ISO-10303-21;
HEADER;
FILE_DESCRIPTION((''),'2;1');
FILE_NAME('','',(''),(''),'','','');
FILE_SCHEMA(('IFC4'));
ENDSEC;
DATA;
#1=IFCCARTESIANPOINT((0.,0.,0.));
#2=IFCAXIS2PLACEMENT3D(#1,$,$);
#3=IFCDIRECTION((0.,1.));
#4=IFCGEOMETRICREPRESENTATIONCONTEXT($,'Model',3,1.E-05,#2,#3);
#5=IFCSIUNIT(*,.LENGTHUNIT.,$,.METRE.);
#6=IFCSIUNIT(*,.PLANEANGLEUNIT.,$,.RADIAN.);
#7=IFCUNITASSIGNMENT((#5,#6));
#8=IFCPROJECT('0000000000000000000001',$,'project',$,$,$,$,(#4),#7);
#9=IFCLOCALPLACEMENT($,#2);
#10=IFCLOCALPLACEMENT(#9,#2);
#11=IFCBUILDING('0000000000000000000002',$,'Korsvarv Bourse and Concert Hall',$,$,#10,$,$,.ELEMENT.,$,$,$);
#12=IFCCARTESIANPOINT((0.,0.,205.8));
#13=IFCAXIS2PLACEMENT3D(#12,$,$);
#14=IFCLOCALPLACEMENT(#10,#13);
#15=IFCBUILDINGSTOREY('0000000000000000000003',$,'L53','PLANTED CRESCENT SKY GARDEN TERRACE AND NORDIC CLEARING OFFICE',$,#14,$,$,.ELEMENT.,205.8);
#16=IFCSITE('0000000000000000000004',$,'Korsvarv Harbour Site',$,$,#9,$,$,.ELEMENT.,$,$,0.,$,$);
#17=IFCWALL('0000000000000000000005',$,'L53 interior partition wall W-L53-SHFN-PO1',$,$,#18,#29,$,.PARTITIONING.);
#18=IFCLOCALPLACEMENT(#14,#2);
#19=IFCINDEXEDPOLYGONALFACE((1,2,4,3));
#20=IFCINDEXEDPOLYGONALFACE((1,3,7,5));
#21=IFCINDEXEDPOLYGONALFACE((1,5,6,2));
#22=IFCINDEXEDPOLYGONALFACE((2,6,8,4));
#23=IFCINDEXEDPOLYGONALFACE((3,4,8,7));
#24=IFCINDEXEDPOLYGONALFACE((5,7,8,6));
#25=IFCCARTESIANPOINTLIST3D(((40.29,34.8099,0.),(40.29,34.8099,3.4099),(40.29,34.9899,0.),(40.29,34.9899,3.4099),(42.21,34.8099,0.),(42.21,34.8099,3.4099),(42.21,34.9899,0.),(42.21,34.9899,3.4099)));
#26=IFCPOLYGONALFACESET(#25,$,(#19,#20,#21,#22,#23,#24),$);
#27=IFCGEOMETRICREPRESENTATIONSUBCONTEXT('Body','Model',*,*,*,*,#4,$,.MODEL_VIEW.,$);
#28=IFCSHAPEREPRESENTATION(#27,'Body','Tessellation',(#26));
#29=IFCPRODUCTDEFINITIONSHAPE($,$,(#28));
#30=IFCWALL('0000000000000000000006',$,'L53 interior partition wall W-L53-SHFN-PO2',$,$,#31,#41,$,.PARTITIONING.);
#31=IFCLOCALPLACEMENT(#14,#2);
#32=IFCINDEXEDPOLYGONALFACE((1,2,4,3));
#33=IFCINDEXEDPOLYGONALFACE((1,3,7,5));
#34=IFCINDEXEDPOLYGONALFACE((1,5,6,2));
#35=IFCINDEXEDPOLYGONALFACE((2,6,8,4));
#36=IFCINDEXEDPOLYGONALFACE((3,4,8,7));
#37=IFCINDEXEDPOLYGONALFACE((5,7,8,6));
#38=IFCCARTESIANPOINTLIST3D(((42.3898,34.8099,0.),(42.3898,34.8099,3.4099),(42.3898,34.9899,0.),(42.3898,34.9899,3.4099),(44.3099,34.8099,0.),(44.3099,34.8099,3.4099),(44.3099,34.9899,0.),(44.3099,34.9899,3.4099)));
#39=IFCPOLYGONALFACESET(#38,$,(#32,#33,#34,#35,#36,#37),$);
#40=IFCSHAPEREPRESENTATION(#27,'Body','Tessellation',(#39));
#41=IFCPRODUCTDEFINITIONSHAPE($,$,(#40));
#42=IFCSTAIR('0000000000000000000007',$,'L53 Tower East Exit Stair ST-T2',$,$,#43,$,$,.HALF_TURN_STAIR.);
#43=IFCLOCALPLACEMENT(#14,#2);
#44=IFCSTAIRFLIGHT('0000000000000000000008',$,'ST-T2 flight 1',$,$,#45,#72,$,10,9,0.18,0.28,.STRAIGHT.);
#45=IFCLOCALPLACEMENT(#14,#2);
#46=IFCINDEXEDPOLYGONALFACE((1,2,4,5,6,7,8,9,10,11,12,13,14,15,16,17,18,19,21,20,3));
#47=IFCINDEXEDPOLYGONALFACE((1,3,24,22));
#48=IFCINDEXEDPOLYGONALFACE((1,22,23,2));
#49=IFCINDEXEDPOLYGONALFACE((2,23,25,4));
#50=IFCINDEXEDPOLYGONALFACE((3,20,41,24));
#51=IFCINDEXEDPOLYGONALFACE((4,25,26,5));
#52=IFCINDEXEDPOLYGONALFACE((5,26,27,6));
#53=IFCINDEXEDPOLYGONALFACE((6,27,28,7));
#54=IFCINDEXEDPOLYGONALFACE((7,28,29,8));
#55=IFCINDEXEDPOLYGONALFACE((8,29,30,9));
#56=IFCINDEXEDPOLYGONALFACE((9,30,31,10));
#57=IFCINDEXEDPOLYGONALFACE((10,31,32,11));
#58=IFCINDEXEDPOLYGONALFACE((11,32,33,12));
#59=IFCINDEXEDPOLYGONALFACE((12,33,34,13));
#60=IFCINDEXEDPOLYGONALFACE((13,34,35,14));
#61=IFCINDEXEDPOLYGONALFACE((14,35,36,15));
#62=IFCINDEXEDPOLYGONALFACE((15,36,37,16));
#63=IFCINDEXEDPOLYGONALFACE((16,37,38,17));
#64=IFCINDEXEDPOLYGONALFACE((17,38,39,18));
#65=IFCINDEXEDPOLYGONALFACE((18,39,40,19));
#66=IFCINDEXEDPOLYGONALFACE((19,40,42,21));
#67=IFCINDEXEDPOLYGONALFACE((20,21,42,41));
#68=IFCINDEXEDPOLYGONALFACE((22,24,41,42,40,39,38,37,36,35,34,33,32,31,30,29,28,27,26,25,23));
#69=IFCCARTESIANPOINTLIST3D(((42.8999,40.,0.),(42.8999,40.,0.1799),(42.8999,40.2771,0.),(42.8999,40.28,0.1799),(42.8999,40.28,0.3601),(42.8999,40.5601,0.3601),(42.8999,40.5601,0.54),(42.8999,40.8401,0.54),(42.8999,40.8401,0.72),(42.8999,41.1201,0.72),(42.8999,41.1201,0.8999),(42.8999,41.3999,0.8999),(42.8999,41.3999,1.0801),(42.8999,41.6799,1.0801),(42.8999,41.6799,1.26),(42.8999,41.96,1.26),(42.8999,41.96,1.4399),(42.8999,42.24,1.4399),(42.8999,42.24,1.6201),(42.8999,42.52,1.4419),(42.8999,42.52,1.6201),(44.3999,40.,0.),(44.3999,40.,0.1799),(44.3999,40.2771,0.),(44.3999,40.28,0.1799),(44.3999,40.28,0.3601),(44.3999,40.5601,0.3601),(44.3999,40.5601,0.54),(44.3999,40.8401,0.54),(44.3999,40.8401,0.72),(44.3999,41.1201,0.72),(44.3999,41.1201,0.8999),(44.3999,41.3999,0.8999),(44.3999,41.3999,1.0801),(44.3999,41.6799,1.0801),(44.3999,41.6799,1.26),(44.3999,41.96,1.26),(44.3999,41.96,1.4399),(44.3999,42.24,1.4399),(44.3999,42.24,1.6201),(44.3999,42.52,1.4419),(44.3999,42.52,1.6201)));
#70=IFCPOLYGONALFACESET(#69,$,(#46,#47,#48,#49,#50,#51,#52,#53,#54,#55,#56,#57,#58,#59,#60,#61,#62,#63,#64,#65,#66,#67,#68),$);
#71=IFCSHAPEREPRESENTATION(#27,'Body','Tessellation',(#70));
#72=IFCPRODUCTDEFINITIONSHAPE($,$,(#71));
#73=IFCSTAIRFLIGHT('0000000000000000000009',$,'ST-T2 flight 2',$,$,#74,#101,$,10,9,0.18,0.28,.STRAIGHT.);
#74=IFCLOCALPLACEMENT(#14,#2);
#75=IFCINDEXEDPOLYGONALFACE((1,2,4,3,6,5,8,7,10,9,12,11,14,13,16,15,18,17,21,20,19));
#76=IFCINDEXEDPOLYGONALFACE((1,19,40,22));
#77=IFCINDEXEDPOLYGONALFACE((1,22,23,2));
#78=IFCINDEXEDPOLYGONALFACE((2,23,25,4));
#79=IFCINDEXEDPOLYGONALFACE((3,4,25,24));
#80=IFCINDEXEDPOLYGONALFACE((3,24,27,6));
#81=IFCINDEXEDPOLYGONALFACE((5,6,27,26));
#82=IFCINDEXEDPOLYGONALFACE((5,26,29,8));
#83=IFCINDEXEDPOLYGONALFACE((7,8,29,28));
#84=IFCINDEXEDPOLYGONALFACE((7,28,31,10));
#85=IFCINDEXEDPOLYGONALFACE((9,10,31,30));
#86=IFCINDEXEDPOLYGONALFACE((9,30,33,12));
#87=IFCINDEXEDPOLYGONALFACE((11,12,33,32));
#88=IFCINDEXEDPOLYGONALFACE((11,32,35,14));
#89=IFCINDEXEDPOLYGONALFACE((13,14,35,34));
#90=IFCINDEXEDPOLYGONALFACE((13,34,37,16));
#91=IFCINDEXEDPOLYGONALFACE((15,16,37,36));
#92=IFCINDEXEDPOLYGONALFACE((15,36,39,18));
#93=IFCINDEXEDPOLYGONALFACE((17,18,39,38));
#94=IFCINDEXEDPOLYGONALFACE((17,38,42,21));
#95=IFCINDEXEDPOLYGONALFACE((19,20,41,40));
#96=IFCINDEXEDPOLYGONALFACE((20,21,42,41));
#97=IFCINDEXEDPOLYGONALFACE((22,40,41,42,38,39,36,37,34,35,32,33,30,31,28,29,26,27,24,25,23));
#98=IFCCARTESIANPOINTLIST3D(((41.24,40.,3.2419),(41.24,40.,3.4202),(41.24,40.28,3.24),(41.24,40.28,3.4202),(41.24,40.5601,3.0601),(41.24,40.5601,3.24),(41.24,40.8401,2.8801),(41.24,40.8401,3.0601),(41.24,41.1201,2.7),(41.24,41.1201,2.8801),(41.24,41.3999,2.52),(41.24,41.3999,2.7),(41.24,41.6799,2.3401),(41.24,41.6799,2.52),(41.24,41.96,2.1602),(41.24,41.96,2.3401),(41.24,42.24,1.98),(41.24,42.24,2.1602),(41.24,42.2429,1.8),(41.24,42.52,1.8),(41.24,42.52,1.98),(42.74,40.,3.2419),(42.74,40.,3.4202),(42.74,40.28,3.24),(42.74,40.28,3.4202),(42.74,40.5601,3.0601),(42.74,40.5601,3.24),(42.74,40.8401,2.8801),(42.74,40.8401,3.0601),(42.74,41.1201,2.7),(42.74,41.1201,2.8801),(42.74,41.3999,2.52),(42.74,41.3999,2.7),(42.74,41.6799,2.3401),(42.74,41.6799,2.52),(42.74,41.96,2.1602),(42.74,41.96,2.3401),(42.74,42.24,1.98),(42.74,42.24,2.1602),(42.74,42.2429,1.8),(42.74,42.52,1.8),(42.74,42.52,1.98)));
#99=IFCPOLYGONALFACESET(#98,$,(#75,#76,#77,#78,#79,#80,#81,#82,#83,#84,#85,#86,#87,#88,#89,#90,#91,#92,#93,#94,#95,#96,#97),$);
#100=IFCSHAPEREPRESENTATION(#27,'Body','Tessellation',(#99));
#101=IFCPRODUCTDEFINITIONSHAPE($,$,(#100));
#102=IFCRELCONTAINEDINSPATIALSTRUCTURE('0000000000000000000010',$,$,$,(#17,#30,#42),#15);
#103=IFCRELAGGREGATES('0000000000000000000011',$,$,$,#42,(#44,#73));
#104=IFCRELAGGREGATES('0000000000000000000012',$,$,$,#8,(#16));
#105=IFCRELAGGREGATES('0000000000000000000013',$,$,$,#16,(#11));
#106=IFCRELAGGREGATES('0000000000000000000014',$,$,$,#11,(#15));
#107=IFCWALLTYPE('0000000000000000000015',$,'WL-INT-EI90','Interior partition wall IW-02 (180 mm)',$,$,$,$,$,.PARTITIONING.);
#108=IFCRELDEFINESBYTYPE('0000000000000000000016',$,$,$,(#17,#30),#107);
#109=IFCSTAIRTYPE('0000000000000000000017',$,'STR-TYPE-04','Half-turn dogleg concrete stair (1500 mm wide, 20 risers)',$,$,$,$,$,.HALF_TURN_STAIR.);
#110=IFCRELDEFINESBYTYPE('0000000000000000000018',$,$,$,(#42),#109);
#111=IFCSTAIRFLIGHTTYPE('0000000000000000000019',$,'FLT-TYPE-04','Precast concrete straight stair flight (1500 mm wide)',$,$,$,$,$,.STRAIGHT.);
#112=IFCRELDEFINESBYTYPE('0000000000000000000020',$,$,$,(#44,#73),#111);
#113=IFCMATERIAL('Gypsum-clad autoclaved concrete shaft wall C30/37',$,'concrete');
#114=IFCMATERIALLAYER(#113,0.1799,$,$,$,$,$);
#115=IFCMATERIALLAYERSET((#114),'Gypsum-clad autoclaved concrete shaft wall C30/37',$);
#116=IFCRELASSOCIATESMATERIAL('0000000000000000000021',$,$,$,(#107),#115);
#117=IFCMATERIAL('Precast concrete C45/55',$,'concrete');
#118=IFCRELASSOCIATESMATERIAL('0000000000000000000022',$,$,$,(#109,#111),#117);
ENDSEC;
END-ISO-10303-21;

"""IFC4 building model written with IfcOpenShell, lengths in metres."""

from ifc_helpers import new_model, si_unit, direction, frame, frame_2d, origin, place, context, subcontext, project, spatial, polyline, rectangle, outline, extrude, material, layer, layer_set, type_object, element, aggregate, save


model = new_model("IFC4")

# Units and contexts
model_context = context("Model", 3, precision=1e-05, world=origin(), true_north=direction((0.0, 1.0)))
body_context = subcontext(model_context, "Body", "Model", "MODEL_VIEW")
ifc_project = project(units=[si_unit("LENGTHUNIT", "METRE"), si_unit("PLANEANGLEUNIT", "RADIAN")], contexts=[model_context])

# Site, building, storey
site_placement = place(None, origin())
site = spatial("IfcSite", under=ifc_project, at=site_placement, Name="Korsvarv Harbour Site", CompositionType="ELEMENT", RefElevation=0.0)
building_placement = place(site_placement, origin())
building = spatial("IfcBuilding", under=site, at=building_placement, Name="Korsvarv Bourse and Concert Hall", CompositionType="ELEMENT")
storey_placement = place(building_placement, frame((0.0, 0.0, 205.8)))
storey = spatial("IfcBuildingStorey", under=building, at=storey_placement, Name="L53", Description="PLANTED CRESCENT SKY GARDEN TERRACE AND NORDIC CLEARING OFFICE", CompositionType="ELEMENT", Elevation=205.8)

# Shared definitions
ifc_material_1 = material(Name="Gypsum-clad autoclaved concrete shaft wall C30/37", Category="concrete")
ifc_layer_1 = layer(ifc_material_1, 0.1799)
ifc_layer_set_1 = layer_set([ifc_layer_1], Name="Gypsum-clad autoclaved concrete shaft wall C30/37")
wall_type_1 = type_object("IfcWallType", Name="WL-INT-EI90", Description="Interior partition wall IW-02 (180 mm)", PredefinedType="PARTITIONING", material=ifc_layer_set_1)

# Walls
wall_1_placement = place(storey_placement, frame((40.29, 34.8999, 0.0), z_axis=(0.0, 0.0, 1.0), x_axis=(1.0, 0.0, 0.0)))
element("IfcWall", 1, at=wall_1_placement, inside=storey, type_object=wall_type_1, Name="L53 interior partition wall W-L53-SHFN-PO1", PredefinedType="PARTITIONING", context=body_context, shape_type="SweptSolid", body=[
    extrude(rectangle(XDim=1.9199, YDim=0.1799, at=frame_2d((0.96, 0.0))), origin(), (0.0, 0.0, 1.0), 3.4099),
])
wall_2_placement = place(storey_placement, frame((42.3899, 34.8999, 0.0), z_axis=(0.0, 0.0, 1.0), x_axis=(1.0, 0.0, 0.0)))
element("IfcWall", 2, at=wall_2_placement, inside=storey, type_object=wall_type_1, Name="L53 interior partition wall W-L53-SHFN-PO2", PredefinedType="PARTITIONING", context=body_context, shape_type="SweptSolid", body=[
    extrude(rectangle(XDim=1.9202, YDim=0.1799, at=frame_2d((0.96, 0.0))), origin(), (0.0, 0.0, 1.0), 3.4099),
])

# Stair, stair flights
ifc_material_2 = material(Name="Precast concrete C45/55", Category="concrete")
stair_type = type_object("IfcStairType", Name="STR-TYPE-04", Description="Half-turn dogleg concrete stair (1500 mm wide, 20 risers)", PredefinedType="HALF_TURN_STAIR", material=ifc_material_2)
stair_placement = place(storey_placement, origin())
stair = element("IfcStair", 3, at=stair_placement, inside=storey, type_object=stair_type, Name="L53 Tower East Exit Stair ST-T2", PredefinedType="HALF_TURN_STAIR")
stair_flight_type = type_object("IfcStairFlightType", Name="FLT-TYPE-04", Description="Precast concrete straight stair flight (1500 mm wide)", PredefinedType="STRAIGHT", material=ifc_material_2)
stair_flight_1_placement = place(storey_placement, frame((43.6499, 40.0, 0.0), z_axis=(0.0, 0.0, 1.0), x_axis=(0.0, 1.0, 0.0)))
stair_flight_1 = element("IfcStairFlight", 4, at=stair_flight_1_placement, type_object=stair_flight_type, Name="ST-T2 flight 1", NumberOfRisers=10, NumberOfTreads=9, PredefinedType="STRAIGHT", RiserHeight=0.18, TreadLength=0.28, context=body_context, shape_type="SweptSolid", body=[
    extrude(outline(polyline([(0.0, 0.0), (0.0, 0.1799), (0.28, 0.1799), (0.28, 0.3601), (0.5601, 0.3601), (0.5601, 0.54), (0.8401, 0.54), (0.8401, 0.72), (1.1201, 0.72), (1.1201, 0.8999), (1.3999, 0.8999), (1.3999, 1.0801), (1.6799, 1.0801), (1.6799, 1.26), (1.96, 1.26), (1.96, 1.4399), (2.24, 1.4399), (2.24, 1.6201), (2.52, 1.6201), (2.52, 1.8), (2.52, 1.4419), (0.2771, 0.0), (0.0, 0.0)])), frame((0.0, 0.75, 0.0), z_axis=(0.0, -1.0, 0.0), x_axis=(1.0, 0.0, 0.0)), (0.0, 0.0, 1.0), 1.5),
])
stair_flight_2_placement = place(storey_placement, frame((41.99, 42.52, 1.8), z_axis=(0.0, 0.0, 1.0), x_axis=(0.0, -1.0, 0.0)))
stair_flight_2 = element("IfcStairFlight", 5, at=stair_flight_2_placement, type_object=stair_flight_type, Name="ST-T2 flight 2", NumberOfRisers=10, NumberOfTreads=9, PredefinedType="STRAIGHT", RiserHeight=0.18, TreadLength=0.28, context=body_context, shape_type="SweptSolid", body=[
    extrude(outline(polyline([(0.0, 0.0), (0.0, 0.1799), (0.28, 0.1799), (0.28, 0.3601), (0.5601, 0.3601), (0.5601, 0.54), (0.8401, 0.54), (0.8401, 0.72), (1.1201, 0.72), (1.1201, 0.8999), (1.3999, 0.8999), (1.3999, 1.0801), (1.6799, 1.0801), (1.6799, 1.26), (1.96, 1.26), (1.96, 1.4399), (2.24, 1.4399), (2.24, 1.6201), (2.52, 1.6201), (2.52, 1.8), (2.52, 1.4419), (0.2771, 0.0), (0.0, 0.0)])), frame((0.0, 0.75, 0.0), z_axis=(0.0, -1.0, 0.0), x_axis=(1.0, 0.0, 0.0)), (0.0, 0.0, 1.0), 1.5),
])
aggregate(stair, [stair_flight_1, stair_flight_2])

save(model, "model.ifc")
